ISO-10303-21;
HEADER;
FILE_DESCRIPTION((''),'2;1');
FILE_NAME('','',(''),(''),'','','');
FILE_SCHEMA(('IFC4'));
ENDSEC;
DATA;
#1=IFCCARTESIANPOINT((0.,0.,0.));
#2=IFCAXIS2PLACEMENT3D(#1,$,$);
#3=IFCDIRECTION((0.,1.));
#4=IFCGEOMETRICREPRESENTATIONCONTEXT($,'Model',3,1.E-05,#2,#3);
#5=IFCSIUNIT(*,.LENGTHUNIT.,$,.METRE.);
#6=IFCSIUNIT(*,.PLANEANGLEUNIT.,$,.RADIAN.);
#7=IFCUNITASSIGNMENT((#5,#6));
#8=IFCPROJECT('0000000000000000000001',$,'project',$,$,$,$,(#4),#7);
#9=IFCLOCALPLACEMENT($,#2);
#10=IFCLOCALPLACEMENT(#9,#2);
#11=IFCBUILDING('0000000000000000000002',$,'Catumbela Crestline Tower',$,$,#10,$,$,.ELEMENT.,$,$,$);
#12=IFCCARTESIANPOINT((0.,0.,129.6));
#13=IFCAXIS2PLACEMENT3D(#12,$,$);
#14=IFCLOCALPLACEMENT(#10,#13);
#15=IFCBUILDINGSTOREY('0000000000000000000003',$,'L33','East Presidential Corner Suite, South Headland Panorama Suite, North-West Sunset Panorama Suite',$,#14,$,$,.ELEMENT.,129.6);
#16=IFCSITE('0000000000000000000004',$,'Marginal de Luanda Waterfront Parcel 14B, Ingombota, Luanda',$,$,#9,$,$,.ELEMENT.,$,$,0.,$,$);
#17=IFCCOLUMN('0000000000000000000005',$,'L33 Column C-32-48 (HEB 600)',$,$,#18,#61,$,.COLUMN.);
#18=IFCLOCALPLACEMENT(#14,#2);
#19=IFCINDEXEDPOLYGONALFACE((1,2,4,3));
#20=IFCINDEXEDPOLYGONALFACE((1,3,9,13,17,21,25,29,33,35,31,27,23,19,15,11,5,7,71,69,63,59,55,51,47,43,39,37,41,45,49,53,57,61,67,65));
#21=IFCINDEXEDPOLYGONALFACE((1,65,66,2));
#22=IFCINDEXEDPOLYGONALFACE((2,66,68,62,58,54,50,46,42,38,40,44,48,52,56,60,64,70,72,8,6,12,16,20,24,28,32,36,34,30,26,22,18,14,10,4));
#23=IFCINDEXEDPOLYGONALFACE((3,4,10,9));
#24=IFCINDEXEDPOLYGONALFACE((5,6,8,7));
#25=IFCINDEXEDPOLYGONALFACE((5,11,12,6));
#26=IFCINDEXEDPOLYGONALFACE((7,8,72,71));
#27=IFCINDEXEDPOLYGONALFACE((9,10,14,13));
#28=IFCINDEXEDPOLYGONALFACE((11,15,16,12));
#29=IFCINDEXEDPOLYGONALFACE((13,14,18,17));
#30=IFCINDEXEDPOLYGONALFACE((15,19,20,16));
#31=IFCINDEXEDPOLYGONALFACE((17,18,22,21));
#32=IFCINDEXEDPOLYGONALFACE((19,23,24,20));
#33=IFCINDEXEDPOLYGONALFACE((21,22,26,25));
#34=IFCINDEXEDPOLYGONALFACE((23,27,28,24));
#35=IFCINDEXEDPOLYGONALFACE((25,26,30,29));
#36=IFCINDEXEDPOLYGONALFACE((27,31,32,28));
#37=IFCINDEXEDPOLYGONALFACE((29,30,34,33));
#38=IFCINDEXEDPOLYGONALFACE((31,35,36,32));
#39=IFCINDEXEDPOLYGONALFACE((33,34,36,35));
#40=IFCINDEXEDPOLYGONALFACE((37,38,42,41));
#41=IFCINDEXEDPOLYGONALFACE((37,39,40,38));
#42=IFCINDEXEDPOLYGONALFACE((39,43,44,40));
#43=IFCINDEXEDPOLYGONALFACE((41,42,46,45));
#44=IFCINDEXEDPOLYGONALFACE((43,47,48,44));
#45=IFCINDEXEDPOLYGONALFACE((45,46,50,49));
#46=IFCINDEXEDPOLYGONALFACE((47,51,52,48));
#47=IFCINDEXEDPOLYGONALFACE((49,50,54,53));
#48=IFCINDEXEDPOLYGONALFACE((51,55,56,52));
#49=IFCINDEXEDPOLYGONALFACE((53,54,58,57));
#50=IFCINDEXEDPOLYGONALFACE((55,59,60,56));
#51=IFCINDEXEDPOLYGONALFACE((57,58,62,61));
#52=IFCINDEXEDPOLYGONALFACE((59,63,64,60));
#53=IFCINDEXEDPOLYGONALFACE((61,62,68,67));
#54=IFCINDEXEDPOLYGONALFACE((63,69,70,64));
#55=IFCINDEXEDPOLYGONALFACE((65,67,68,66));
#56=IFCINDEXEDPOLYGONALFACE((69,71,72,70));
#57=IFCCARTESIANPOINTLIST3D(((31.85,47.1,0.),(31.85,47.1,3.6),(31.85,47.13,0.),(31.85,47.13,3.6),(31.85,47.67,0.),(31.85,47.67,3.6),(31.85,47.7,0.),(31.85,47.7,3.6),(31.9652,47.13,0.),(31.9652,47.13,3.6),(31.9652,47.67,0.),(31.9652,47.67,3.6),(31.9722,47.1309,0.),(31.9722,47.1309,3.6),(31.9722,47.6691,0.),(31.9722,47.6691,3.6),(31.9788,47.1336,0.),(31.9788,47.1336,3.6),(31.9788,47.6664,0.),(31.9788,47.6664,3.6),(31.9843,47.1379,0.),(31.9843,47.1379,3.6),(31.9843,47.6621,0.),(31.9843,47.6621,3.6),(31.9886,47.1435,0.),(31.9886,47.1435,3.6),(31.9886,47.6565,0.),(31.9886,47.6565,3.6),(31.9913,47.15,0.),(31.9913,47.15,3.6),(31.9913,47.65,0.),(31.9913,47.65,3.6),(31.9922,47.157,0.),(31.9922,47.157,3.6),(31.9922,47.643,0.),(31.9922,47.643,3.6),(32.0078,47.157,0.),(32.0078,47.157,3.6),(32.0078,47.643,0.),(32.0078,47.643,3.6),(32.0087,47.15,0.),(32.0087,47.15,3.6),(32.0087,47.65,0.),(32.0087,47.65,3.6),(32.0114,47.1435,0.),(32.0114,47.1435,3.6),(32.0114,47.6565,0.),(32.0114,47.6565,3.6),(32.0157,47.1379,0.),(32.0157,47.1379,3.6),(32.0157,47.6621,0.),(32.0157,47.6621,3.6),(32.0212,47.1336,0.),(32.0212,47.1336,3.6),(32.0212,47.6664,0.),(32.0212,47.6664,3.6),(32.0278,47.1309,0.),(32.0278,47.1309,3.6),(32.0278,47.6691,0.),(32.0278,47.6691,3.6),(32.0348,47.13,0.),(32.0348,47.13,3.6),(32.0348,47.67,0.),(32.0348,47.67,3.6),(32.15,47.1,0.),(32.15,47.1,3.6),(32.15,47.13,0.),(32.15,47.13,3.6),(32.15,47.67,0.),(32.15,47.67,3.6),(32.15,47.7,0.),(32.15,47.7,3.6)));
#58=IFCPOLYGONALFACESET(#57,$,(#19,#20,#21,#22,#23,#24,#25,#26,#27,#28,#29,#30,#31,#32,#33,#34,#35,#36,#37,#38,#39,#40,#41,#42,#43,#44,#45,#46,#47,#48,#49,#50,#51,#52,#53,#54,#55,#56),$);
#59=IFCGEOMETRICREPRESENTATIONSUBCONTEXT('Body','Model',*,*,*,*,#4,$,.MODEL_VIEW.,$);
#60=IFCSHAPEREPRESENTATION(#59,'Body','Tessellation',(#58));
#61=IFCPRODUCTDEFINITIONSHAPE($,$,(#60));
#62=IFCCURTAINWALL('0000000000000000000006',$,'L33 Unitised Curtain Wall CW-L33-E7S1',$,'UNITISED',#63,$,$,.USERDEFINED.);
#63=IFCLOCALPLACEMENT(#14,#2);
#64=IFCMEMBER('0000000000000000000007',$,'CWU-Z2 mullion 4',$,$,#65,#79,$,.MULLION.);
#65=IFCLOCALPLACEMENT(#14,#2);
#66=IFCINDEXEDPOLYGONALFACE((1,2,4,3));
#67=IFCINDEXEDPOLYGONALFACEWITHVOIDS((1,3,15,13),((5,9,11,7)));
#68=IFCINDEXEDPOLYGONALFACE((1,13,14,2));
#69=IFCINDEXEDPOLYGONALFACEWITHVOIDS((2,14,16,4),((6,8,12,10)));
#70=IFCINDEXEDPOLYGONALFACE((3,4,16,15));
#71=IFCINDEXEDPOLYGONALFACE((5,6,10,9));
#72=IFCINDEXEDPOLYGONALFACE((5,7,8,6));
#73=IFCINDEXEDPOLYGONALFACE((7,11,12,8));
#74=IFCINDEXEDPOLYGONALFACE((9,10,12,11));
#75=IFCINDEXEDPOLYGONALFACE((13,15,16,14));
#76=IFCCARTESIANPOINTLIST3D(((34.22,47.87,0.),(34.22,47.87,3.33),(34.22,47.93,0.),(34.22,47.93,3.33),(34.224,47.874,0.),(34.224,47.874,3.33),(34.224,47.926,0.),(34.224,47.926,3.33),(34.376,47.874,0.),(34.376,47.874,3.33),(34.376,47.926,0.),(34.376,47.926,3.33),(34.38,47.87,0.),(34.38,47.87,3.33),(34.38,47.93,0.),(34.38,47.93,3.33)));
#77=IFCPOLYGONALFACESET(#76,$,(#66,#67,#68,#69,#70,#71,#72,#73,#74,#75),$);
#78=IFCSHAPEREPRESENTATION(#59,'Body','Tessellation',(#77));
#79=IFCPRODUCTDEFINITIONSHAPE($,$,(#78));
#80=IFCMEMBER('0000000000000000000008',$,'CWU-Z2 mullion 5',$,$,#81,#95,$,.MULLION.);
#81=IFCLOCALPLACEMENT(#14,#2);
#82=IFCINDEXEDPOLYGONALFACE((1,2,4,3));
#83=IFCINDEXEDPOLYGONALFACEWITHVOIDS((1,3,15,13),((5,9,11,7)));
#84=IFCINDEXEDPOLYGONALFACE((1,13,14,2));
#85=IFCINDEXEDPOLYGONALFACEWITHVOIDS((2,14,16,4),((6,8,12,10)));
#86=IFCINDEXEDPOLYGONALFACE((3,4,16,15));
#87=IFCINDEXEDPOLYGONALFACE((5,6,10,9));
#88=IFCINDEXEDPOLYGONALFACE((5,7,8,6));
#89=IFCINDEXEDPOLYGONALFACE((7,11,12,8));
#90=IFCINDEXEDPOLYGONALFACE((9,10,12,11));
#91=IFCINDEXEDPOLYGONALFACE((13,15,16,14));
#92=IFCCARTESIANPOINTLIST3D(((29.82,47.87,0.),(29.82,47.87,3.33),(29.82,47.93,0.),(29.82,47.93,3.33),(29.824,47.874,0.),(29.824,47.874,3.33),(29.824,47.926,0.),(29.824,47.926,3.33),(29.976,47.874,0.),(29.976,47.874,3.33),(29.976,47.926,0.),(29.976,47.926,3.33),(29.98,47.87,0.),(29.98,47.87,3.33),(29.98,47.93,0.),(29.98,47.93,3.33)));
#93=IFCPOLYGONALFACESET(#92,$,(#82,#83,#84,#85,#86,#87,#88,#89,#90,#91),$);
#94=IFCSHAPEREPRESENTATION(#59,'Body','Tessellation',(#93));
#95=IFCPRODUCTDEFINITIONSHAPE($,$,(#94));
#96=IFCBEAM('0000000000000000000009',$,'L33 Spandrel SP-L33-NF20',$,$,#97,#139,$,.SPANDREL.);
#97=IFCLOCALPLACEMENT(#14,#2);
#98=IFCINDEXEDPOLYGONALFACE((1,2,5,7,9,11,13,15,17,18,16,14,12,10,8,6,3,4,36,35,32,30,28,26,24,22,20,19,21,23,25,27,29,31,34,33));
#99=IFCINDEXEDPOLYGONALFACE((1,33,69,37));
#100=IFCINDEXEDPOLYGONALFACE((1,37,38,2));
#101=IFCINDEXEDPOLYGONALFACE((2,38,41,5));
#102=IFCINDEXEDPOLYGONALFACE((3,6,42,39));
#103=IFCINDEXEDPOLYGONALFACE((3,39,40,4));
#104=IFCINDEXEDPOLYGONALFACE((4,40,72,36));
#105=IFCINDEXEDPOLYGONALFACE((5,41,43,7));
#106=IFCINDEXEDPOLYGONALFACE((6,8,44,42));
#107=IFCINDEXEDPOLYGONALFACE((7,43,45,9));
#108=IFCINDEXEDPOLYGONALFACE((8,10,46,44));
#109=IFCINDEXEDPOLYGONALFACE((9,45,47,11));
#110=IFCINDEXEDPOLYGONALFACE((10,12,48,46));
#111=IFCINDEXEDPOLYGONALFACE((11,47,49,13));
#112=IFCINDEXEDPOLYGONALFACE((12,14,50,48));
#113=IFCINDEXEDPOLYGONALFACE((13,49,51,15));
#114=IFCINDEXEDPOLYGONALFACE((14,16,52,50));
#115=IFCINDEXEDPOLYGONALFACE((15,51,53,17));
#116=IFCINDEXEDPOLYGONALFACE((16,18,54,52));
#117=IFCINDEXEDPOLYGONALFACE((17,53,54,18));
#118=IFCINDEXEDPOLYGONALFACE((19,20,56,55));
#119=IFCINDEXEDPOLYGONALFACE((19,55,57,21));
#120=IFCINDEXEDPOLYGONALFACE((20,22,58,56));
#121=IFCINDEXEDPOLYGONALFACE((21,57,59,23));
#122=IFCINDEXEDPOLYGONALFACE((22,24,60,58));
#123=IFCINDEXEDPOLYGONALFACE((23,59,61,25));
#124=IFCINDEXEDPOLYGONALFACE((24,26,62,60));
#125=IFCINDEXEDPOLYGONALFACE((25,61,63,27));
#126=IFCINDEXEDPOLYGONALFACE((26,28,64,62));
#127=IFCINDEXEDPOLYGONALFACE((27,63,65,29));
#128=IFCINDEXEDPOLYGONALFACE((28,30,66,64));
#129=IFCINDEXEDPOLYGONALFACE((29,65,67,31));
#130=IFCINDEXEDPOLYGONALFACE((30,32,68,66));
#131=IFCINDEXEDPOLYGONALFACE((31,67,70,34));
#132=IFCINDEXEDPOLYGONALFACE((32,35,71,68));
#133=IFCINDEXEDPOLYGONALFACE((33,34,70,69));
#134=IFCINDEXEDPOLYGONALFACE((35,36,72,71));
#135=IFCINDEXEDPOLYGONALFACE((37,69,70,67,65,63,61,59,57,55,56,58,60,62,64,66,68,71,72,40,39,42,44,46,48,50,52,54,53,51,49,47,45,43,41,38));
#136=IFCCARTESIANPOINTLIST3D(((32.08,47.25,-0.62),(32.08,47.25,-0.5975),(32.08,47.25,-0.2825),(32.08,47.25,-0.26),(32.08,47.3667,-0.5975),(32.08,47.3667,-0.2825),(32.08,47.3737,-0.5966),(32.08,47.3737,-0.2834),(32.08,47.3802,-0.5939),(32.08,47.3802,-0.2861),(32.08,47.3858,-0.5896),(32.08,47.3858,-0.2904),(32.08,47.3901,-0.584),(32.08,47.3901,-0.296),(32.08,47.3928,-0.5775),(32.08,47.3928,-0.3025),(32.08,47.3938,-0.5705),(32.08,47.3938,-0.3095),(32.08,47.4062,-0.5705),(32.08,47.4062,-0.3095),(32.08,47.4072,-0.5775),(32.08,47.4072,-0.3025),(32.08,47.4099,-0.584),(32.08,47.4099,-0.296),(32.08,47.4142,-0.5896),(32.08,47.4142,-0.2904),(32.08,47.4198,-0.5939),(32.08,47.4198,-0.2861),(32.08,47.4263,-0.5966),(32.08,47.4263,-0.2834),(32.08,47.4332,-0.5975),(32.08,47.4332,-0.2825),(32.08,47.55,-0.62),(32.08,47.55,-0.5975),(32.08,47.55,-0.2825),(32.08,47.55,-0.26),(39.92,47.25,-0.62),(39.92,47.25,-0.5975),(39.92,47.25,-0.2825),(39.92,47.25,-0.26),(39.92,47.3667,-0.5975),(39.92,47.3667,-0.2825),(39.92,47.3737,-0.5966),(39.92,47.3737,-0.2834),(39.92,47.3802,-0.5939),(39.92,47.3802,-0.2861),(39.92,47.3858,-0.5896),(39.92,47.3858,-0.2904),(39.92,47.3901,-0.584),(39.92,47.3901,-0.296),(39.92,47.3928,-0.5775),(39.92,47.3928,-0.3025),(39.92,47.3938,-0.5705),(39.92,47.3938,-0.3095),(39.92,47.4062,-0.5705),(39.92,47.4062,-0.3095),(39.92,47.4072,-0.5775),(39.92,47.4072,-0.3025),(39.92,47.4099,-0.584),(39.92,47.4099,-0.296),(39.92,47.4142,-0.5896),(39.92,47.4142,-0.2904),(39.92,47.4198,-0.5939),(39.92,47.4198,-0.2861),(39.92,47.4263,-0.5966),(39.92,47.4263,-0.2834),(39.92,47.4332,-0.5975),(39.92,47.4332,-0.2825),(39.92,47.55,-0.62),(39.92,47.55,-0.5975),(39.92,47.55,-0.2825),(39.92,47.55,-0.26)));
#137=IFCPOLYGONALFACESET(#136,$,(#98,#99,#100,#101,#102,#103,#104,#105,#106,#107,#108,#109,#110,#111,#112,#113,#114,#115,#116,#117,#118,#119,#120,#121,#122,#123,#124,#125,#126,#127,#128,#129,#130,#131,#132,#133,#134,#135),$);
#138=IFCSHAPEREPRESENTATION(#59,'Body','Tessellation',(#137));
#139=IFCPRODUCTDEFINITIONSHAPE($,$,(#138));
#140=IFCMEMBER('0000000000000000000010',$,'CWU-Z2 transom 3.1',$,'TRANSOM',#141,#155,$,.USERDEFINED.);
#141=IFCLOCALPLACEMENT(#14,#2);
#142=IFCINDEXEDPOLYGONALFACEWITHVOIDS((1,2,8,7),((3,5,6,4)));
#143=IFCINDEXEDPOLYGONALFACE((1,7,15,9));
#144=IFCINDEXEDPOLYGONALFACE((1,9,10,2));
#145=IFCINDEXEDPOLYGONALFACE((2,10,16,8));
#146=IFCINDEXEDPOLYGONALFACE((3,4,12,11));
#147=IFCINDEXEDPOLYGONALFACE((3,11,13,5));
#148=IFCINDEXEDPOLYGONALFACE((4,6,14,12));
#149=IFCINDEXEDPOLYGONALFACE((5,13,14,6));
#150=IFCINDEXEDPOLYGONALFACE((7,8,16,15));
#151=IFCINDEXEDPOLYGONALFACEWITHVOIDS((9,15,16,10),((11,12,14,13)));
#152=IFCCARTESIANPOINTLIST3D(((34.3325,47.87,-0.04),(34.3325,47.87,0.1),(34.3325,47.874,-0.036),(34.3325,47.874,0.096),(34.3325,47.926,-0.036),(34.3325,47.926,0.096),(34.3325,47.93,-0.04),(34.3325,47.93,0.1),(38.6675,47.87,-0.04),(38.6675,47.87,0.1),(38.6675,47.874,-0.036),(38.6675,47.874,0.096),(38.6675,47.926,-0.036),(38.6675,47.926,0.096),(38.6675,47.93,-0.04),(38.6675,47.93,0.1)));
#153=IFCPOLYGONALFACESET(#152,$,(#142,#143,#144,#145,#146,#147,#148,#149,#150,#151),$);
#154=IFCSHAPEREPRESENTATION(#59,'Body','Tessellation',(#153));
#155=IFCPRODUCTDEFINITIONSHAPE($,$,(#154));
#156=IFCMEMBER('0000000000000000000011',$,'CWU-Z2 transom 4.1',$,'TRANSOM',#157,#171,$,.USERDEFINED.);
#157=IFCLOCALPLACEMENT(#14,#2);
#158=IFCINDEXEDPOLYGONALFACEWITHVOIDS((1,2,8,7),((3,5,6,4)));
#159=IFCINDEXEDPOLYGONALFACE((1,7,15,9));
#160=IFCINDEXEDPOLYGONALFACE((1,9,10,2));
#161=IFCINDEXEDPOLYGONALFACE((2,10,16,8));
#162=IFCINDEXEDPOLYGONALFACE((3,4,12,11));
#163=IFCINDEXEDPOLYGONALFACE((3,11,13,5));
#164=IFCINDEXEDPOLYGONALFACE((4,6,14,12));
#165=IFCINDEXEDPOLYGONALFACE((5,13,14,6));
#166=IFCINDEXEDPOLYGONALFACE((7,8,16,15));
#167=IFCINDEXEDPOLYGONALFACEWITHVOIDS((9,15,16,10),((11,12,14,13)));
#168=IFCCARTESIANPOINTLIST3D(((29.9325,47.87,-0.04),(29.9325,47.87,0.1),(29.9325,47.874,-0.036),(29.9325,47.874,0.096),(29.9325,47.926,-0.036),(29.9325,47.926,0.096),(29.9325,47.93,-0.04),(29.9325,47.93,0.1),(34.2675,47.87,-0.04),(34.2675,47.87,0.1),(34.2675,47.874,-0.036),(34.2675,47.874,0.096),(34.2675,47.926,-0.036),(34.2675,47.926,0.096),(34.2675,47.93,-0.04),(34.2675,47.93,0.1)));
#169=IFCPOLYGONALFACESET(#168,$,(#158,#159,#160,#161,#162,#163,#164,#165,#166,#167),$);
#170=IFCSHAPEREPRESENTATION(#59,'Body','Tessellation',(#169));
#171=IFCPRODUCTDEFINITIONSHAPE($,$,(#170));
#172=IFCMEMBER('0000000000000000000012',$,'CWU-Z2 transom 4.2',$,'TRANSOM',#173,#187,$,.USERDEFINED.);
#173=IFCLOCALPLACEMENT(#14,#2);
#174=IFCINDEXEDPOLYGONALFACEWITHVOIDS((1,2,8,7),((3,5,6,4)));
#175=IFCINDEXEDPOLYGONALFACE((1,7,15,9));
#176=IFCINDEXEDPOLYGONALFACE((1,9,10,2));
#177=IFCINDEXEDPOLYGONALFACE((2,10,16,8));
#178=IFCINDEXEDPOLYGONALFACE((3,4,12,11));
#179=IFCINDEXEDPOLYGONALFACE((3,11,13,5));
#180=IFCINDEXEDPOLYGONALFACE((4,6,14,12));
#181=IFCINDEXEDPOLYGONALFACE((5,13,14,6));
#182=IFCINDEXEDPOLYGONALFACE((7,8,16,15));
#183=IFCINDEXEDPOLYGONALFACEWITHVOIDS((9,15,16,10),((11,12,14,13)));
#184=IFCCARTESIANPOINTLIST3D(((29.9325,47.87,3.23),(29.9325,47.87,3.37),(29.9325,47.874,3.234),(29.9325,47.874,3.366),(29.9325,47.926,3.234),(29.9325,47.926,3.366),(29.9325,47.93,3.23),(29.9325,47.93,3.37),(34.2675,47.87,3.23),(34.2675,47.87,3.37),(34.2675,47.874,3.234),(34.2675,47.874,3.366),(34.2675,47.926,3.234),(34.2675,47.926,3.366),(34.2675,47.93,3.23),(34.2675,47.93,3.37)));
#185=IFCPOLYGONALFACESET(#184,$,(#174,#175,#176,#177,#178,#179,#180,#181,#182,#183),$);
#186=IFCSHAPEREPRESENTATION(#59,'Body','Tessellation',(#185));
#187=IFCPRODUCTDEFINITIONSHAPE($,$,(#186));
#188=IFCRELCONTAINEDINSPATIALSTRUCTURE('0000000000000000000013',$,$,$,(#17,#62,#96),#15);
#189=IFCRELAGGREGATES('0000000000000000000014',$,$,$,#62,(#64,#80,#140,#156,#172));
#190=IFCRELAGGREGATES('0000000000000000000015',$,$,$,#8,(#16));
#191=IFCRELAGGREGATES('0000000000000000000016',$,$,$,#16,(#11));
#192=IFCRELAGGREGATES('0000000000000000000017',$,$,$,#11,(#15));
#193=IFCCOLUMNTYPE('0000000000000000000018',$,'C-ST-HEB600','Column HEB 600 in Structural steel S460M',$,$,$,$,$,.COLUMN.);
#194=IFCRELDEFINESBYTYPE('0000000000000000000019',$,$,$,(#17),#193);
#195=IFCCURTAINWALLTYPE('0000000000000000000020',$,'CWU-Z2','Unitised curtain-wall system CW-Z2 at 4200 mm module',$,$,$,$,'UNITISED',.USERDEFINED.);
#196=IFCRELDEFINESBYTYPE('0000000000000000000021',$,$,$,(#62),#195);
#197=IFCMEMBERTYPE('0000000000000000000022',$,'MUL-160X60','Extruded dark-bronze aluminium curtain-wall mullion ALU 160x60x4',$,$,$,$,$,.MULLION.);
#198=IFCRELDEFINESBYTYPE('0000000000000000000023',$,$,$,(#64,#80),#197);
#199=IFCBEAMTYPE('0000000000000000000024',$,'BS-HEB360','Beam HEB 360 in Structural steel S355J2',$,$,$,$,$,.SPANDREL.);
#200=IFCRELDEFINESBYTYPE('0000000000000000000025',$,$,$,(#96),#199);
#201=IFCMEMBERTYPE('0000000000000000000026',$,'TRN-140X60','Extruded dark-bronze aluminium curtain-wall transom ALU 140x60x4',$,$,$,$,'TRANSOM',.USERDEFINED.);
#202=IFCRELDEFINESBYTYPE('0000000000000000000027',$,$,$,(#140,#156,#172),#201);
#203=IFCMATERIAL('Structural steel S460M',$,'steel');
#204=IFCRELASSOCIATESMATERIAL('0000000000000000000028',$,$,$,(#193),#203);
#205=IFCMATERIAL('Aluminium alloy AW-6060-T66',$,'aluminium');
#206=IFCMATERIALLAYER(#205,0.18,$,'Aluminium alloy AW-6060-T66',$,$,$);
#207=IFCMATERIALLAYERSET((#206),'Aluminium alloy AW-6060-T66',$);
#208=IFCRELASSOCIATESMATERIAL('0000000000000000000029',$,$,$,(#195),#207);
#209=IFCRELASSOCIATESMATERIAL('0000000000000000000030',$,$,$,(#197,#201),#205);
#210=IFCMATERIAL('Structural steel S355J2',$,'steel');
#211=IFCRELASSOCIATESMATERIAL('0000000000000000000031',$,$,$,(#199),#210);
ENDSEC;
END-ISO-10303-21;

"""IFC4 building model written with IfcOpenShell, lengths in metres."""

from ifc_helpers import new_model, si_unit, direction, frame, origin, origin_2d, place, context, subcontext, project, spatial, hollow_rectangle, i_section, extrude, material, layer, layer_set, material_profile, profile_set, type_object, element, aggregate, save


model = new_model("IFC4")

# Units and contexts
model_context = context("Model", 3, precision=1e-05, world=origin(), true_north=direction((0.0, 1.0)))
body_context = subcontext(model_context, "Body", "Model", "MODEL_VIEW")
ifc_project = project(units=[si_unit("LENGTHUNIT", "METRE"), si_unit("PLANEANGLEUNIT", "RADIAN")], contexts=[model_context])

# Site, building, storey
site_placement = place(None, origin())
site = spatial("IfcSite", under=ifc_project, at=site_placement, Name="Marginal de Luanda Waterfront Parcel 14B, Ingombota, Luanda", CompositionType="ELEMENT", RefElevation=0.0)
building_placement = place(site_placement, origin())
building = spatial("IfcBuilding", under=site, at=building_placement, Name="Catumbela Crestline Tower", CompositionType="ELEMENT")
storey_placement = place(building_placement, frame((0.0, 0.0, 129.6)))
storey = spatial("IfcBuildingStorey", under=building, at=storey_placement, Name="L33", Description="East Presidential Corner Suite, South Headland Panorama Suite, North-West Sunset Panorama Suite", CompositionType="ELEMENT", Elevation=129.6)

# Column
ifc_material_1 = material(Name="Structural steel S460M", Category="steel")
ifc_material_profile_1 = material_profile(ifc_material_1, i_section(OverallWidth=0.3, OverallDepth=0.6, WebThickness=0.0155, FlangeThickness=0.03, FilletRadius=0.027, at=origin_2d()), Name="HEB 600")
ifc_profile_set_1 = profile_set([ifc_material_profile_1], Name="Structural steel S460M")
column_type = type_object("IfcColumnType", Name="C-ST-HEB600", Description="Column HEB 600 in Structural steel S460M", PredefinedType="COLUMN", material=ifc_profile_set_1)
column_placement = place(storey_placement, frame((32.0, 47.4, 0.0), z_axis=(0.0, 0.0, 1.0), x_axis=(1.0, 0.0, 0.0)))
element("IfcColumn", 1, at=column_placement, inside=storey, type_object=column_type, Name="L33 Column C-32-48 (HEB 600)", PredefinedType="COLUMN", context=body_context, shape_type="SweptSolid", body=[
    extrude(i_section(OverallWidth=0.3, OverallDepth=0.6, WebThickness=0.0155, FlangeThickness=0.03, FilletRadius=0.027, at=origin_2d()), origin(), (0.0, 0.0, 1.0), 3.6),
])

# Curtain wall, members
ifc_material_2 = material(Name="Aluminium alloy AW-6060-T66", Category="aluminium")
ifc_layer_1 = layer(ifc_material_2, 0.18, Name="Aluminium alloy AW-6060-T66")
ifc_layer_set_1 = layer_set([ifc_layer_1], Name="Aluminium alloy AW-6060-T66")
curtain_wall_type = type_object("IfcCurtainWallType", Name="CWU-Z2", Description="Unitised curtain-wall system CW-Z2 at 4200 mm module", ElementType="UNITISED", PredefinedType="USERDEFINED", material=ifc_layer_set_1)
curtain_wall_placement = place(storey_placement, origin())
curtain_wall = element("IfcCurtainWall", 2, at=curtain_wall_placement, inside=storey, type_object=curtain_wall_type, Name="L33 Unitised Curtain Wall CW-L33-E7S1", ObjectType="UNITISED", PredefinedType="USERDEFINED")
ifc_material_profile_2 = material_profile(ifc_material_2, hollow_rectangle(XDim=0.06, YDim=0.16, WallThickness=0.004, at=origin_2d()), Name="ALU 160x60x4")
ifc_profile_set_2 = profile_set([ifc_material_profile_2], Name="Aluminium alloy AW-6060-T66")
member_type_1 = type_object("IfcMemberType", Name="MUL-160X60", Description="Extruded dark-bronze aluminium curtain-wall mullion ALU 160x60x4", PredefinedType="MULLION", material=ifc_profile_set_2)
member_1_placement = place(storey_placement, frame((34.3, 47.9, 0.0), z_axis=(0.0, 0.0, 1.0), x_axis=(0.0, -1.0, 0.0)))
member_1 = element("IfcMember", 3, at=member_1_placement, type_object=member_type_1, Name="CWU-Z2 mullion 4", PredefinedType="MULLION", context=body_context, shape_type="SweptSolid", body=[
    extrude(hollow_rectangle(XDim=0.06, YDim=0.16, WallThickness=0.004, at=origin_2d()), origin(), (0.0, 0.0, 1.0), 3.33),
])
member_2_placement = place(storey_placement, frame((29.9, 47.9, 0.0), z_axis=(0.0, 0.0, 1.0), x_axis=(0.0, -1.0, 0.0)))
member_2 = element("IfcMember", 4, at=member_2_placement, type_object=member_type_1, Name="CWU-Z2 mullion 5", PredefinedType="MULLION", context=body_context, shape_type="SweptSolid", body=[
    extrude(hollow_rectangle(XDim=0.06, YDim=0.16, WallThickness=0.004, at=origin_2d()), origin(), (0.0, 0.0, 1.0), 3.33),
])

# Beam
ifc_material_3 = material(Name="Structural steel S355J2", Category="steel")
ifc_material_profile_3 = material_profile(ifc_material_3, i_section(OverallWidth=0.3, OverallDepth=0.36, WebThickness=0.0125, FlangeThickness=0.0225, FilletRadius=0.027, at=origin_2d()), Name="HEB 360")
ifc_profile_set_3 = profile_set([ifc_material_profile_3], Name="Structural steel S355J2")
beam_type = type_object("IfcBeamType", Name="BS-HEB360", Description="Beam HEB 360 in Structural steel S355J2", PredefinedType="SPANDREL", material=ifc_profile_set_3)
beam_placement = place(storey_placement, frame((32.08, 47.4, -0.44), z_axis=(1.0, 0.0, 0.0), x_axis=(0.0, 1.0, 0.0)))
element("IfcBeam", 5, at=beam_placement, inside=storey, type_object=beam_type, Name="L33 Spandrel SP-L33-NF20", PredefinedType="SPANDREL", context=body_context, shape_type="SweptSolid", body=[
    extrude(i_section(OverallWidth=0.3, OverallDepth=0.36, WebThickness=0.0125, FlangeThickness=0.0225, FilletRadius=0.027, at=origin_2d()), origin(), (0.0, 0.0, 1.0), 7.84),
])

# Members
ifc_material_profile_4 = material_profile(ifc_material_2, hollow_rectangle(XDim=0.06, YDim=0.14, WallThickness=0.004, at=origin_2d()), Name="ALU 140x60x4")
ifc_profile_set_4 = profile_set([ifc_material_profile_4], Name="Aluminium alloy AW-6060-T66")
member_type_2 = type_object("IfcMemberType", Name="TRN-140X60", Description="Extruded dark-bronze aluminium curtain-wall transom ALU 140x60x4", ElementType="TRANSOM", PredefinedType="USERDEFINED", material=ifc_profile_set_4)
member_3_placement = place(storey_placement, frame((38.6675, 47.9, 0.03), z_axis=(-1.0, 0.0, 0.0), x_axis=(0.0, -1.0, 0.0)))
member_3 = element("IfcMember", 6, at=member_3_placement, type_object=member_type_2, Name="CWU-Z2 transom 3.1", ObjectType="TRANSOM", PredefinedType="USERDEFINED", context=body_context, shape_type="SweptSolid", body=[
    extrude(hollow_rectangle(XDim=0.06, YDim=0.14, WallThickness=0.004, at=origin_2d()), origin(), (0.0, 0.0, 1.0), 4.335),
])
member_4_placement = place(storey_placement, frame((34.2675, 47.9, 0.03), z_axis=(-1.0, 0.0, 0.0), x_axis=(0.0, -1.0, 0.0)))
member_4 = element("IfcMember", 7, at=member_4_placement, type_object=member_type_2, Name="CWU-Z2 transom 4.1", ObjectType="TRANSOM", PredefinedType="USERDEFINED", context=body_context, shape_type="SweptSolid", body=[
    extrude(hollow_rectangle(XDim=0.06, YDim=0.14, WallThickness=0.004, at=origin_2d()), origin(), (0.0, 0.0, 1.0), 4.335),
])
member_5_placement = place(storey_placement, frame((34.2675, 47.9, 3.3), z_axis=(-1.0, 0.0, 0.0), x_axis=(0.0, -1.0, 0.0)))
member_5 = element("IfcMember", 8, at=member_5_placement, type_object=member_type_2, Name="CWU-Z2 transom 4.2", ObjectType="TRANSOM", PredefinedType="USERDEFINED", context=body_context, shape_type="SweptSolid", body=[
    extrude(hollow_rectangle(XDim=0.06, YDim=0.14, WallThickness=0.004, at=origin_2d()), origin(), (0.0, 0.0, 1.0), 4.335),
])

aggregate(curtain_wall, [member_1, member_2, member_3, member_4, member_5])

save(model, "model.ifc")
